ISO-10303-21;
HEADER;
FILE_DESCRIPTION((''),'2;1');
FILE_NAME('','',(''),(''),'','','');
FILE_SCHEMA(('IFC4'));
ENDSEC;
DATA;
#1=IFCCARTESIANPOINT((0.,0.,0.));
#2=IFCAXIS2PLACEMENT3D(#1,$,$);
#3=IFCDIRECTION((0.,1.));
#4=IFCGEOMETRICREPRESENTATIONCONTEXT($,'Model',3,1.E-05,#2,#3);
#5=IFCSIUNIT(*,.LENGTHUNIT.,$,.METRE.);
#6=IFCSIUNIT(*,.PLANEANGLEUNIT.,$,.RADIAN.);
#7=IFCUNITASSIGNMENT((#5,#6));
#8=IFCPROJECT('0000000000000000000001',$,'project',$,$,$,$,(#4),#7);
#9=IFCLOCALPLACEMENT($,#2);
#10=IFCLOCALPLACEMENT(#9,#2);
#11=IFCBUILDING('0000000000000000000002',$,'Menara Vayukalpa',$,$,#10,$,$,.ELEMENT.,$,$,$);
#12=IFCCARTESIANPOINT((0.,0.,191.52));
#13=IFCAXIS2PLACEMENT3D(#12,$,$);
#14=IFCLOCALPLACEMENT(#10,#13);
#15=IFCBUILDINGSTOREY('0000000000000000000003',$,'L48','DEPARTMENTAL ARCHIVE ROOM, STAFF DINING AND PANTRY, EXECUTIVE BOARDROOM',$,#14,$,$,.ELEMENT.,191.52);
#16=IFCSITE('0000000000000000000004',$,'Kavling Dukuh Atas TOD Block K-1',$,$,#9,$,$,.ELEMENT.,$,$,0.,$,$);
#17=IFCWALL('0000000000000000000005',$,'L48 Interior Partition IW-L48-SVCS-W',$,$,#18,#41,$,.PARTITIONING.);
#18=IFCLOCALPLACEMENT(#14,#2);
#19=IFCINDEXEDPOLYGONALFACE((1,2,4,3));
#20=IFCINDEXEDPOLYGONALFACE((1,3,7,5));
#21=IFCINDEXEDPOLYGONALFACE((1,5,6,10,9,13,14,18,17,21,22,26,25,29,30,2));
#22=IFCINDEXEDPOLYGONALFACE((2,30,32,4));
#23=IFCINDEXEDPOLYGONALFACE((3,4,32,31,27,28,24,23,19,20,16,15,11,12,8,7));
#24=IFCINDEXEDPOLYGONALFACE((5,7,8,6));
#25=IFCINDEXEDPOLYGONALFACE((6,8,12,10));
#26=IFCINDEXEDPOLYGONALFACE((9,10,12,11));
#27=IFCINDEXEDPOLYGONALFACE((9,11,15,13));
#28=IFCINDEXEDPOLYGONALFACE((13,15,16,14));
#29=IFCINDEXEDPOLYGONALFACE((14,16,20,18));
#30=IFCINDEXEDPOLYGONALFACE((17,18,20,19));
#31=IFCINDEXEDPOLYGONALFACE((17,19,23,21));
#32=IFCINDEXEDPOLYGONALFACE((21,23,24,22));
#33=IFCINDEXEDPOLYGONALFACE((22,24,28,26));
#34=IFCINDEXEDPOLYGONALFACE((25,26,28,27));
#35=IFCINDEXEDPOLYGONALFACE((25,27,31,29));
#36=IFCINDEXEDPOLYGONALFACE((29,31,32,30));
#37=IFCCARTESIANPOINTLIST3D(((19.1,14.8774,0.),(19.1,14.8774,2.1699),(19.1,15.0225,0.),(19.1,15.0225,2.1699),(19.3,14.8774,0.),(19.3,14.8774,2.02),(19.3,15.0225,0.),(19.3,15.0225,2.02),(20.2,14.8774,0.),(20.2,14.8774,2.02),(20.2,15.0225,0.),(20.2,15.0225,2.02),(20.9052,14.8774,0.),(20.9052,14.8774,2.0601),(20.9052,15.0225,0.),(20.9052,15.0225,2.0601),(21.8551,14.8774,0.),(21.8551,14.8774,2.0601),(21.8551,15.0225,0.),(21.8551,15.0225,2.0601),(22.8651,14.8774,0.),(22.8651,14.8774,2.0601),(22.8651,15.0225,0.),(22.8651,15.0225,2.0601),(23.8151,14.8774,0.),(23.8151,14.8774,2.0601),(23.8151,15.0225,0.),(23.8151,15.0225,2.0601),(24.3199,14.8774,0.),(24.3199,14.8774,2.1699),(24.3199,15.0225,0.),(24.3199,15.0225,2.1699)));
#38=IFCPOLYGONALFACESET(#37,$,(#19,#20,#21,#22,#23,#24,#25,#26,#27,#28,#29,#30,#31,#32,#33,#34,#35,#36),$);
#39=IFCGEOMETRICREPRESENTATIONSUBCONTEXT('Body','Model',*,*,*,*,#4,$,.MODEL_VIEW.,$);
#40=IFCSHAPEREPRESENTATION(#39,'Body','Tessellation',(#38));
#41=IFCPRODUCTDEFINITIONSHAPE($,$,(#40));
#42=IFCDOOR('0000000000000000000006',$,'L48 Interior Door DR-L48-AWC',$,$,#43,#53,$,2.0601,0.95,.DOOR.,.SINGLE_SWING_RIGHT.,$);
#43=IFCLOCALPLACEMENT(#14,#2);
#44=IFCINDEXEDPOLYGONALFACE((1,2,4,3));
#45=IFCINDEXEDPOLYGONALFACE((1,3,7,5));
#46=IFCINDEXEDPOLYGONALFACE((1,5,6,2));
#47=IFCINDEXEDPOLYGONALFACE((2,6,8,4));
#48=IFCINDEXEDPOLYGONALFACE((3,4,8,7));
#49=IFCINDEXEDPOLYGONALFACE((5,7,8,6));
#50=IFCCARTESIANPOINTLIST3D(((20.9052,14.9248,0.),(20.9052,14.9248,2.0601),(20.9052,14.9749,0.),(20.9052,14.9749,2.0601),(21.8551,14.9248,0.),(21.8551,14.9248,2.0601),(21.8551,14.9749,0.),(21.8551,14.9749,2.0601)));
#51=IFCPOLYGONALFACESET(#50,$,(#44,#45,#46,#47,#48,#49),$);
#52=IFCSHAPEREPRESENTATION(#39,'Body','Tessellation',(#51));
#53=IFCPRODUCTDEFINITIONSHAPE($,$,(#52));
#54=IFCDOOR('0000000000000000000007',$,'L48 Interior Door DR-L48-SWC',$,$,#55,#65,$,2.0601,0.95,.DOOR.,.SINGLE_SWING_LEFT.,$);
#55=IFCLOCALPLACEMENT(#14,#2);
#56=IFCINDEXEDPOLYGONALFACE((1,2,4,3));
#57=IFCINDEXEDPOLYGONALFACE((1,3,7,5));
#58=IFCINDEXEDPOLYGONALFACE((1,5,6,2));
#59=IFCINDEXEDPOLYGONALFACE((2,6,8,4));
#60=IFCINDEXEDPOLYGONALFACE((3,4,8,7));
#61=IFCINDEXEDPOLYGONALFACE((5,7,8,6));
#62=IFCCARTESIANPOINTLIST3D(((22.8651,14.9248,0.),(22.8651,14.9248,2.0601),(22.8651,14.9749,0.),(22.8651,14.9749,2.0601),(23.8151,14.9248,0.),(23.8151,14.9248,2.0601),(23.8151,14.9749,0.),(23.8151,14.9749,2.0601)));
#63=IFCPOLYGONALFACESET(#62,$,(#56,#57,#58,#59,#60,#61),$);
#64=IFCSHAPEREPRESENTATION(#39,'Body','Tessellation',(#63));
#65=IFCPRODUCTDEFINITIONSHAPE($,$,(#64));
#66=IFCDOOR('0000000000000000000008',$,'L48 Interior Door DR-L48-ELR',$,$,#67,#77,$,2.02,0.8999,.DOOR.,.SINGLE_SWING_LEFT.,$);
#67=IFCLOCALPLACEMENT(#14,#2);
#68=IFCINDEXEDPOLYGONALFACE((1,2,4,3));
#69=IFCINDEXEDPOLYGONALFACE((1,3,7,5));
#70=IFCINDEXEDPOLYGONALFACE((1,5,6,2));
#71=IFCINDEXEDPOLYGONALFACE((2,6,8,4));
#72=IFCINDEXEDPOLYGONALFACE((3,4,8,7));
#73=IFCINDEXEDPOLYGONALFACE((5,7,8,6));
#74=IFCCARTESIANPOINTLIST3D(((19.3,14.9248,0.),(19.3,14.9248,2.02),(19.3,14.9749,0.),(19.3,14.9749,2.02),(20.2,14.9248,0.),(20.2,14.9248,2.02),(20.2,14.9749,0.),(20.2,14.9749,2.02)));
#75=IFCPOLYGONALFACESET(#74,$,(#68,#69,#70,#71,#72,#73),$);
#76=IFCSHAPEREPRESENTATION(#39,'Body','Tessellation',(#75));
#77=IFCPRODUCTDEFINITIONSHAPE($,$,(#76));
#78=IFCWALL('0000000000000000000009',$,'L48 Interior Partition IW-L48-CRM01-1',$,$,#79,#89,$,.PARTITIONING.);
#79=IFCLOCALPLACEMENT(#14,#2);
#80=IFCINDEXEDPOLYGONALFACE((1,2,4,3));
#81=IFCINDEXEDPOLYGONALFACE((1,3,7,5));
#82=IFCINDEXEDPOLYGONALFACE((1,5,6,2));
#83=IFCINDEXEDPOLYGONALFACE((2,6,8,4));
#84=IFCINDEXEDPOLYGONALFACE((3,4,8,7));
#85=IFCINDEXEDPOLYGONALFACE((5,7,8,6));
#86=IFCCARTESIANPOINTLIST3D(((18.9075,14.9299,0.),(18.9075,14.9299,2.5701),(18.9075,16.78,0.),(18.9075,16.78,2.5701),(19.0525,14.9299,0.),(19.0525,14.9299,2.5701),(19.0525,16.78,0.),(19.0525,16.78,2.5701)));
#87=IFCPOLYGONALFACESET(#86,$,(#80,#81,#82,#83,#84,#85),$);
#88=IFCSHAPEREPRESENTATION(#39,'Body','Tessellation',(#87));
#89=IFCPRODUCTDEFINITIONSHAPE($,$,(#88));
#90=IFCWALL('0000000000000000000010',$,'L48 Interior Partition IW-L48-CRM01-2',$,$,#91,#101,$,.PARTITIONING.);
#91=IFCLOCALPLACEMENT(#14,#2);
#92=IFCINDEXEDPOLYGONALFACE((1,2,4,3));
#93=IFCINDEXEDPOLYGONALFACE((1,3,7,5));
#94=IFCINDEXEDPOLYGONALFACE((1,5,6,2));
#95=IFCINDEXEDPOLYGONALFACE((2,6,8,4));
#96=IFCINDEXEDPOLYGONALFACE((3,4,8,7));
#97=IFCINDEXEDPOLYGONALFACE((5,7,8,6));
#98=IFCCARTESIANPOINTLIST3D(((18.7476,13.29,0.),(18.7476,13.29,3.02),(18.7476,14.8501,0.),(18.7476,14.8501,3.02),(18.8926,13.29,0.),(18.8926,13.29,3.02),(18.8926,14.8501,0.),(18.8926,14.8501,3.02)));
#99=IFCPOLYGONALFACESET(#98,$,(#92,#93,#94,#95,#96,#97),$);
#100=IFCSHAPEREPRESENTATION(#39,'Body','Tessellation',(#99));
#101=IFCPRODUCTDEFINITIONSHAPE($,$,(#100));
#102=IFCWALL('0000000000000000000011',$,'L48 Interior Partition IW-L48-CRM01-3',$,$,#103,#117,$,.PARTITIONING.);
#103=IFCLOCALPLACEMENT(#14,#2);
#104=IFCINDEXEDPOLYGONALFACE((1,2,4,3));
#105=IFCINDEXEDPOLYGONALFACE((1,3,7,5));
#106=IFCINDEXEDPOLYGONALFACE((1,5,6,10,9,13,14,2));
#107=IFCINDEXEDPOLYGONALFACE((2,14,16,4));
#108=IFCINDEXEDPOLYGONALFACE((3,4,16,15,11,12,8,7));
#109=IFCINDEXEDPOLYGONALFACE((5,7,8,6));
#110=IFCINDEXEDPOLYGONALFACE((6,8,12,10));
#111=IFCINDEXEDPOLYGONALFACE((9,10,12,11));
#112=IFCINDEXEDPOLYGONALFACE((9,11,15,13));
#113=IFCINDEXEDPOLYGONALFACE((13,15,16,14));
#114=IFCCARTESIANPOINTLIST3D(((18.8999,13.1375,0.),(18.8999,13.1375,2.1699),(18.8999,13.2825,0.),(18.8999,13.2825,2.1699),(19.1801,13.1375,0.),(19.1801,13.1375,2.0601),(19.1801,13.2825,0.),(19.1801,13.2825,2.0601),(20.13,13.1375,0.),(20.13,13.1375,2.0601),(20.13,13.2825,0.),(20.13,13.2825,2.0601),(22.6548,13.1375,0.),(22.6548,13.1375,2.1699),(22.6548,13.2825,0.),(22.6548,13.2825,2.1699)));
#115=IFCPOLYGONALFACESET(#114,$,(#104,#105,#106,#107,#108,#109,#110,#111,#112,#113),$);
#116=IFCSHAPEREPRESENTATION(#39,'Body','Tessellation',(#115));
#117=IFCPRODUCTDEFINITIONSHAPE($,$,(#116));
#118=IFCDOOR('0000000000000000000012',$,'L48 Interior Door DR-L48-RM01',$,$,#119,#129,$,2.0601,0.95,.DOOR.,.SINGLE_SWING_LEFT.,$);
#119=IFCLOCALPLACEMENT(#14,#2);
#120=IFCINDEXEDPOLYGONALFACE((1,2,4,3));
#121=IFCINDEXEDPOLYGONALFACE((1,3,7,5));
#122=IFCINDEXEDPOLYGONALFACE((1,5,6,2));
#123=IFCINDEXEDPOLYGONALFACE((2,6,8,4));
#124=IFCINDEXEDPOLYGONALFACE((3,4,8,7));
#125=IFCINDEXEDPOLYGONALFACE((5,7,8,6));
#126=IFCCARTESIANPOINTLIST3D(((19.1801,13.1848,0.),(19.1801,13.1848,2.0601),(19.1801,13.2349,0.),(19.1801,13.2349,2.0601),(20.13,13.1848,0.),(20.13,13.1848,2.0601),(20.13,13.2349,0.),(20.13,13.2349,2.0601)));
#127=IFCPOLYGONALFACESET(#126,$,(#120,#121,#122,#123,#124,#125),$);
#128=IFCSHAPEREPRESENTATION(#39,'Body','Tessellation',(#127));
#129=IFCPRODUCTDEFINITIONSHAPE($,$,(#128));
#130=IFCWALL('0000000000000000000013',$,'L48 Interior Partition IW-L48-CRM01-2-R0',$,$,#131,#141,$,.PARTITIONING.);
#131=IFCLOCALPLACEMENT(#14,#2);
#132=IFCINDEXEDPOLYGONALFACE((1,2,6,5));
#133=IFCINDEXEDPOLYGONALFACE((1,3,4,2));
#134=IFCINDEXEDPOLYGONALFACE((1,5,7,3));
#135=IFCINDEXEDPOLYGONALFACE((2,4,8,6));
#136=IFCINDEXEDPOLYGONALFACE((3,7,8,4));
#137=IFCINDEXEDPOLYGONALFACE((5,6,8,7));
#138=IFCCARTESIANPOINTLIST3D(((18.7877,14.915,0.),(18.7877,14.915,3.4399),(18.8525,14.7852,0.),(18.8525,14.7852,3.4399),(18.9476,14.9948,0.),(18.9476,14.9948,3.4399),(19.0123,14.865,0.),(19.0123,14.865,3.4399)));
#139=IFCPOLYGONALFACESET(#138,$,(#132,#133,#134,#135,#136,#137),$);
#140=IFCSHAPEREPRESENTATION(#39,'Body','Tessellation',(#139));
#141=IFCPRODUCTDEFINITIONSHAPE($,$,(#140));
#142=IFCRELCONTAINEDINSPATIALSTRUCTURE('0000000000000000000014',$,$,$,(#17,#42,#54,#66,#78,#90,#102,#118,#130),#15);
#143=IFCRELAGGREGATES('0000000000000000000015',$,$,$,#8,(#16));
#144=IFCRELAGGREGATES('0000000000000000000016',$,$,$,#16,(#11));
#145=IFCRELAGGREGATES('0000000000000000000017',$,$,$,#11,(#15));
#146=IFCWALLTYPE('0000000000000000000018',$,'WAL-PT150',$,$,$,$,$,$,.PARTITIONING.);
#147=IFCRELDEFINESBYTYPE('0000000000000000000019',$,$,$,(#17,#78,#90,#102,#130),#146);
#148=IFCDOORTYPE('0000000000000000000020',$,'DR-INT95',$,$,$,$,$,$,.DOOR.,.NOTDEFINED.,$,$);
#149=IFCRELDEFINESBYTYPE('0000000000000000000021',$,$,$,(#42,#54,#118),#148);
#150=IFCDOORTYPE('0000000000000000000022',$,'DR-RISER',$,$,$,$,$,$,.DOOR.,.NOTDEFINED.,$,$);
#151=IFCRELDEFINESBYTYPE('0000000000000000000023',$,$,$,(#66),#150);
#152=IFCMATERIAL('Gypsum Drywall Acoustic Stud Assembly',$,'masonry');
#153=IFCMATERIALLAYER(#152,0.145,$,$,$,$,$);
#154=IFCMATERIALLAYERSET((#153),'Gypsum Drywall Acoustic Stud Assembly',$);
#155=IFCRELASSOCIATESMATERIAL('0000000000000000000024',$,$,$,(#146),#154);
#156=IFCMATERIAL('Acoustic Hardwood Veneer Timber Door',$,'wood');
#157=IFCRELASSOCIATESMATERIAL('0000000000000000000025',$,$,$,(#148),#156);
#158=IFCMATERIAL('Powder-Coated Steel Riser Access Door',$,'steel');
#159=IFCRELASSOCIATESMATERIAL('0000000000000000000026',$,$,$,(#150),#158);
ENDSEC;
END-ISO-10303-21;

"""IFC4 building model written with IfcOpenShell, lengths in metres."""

from ifc_helpers import new_model, si_unit, direction, frame, frame_2d, origin, place, context, subcontext, project, spatial, rectangle, extrude, material, layer, layer_set, type_object, element, fill, save


model = new_model("IFC4")

# Units and contexts
model_context = context("Model", 3, precision=1e-05, world=origin(), true_north=direction((0.0, 1.0)))
body_context = subcontext(model_context, "Body", "Model", "MODEL_VIEW")
ifc_project = project(units=[si_unit("LENGTHUNIT", "METRE"), si_unit("PLANEANGLEUNIT", "RADIAN")], contexts=[model_context])

# Site, building, storey
site_placement = place(None, origin())
site = spatial("IfcSite", under=ifc_project, at=site_placement, Name="Kavling Dukuh Atas TOD Block K-1", CompositionType="ELEMENT", RefElevation=0.0)
building_placement = place(site_placement, origin())
building = spatial("IfcBuilding", under=site, at=building_placement, Name="Menara Vayukalpa", CompositionType="ELEMENT")
storey_placement = place(building_placement, frame((0.0, 0.0, 191.52)))
storey = spatial("IfcBuildingStorey", under=building, at=storey_placement, Name="L48", Description="DEPARTMENTAL ARCHIVE ROOM, STAFF DINING AND PANTRY, EXECUTIVE BOARDROOM", CompositionType="ELEMENT", Elevation=191.52)

# Wall, openings, doors
ifc_material_1 = material(Name="Gypsum Drywall Acoustic Stud Assembly", Category="masonry")
ifc_layer_1 = layer(ifc_material_1, 0.145)
ifc_layer_set_1 = layer_set([ifc_layer_1], Name="Gypsum Drywall Acoustic Stud Assembly")
wall_type_1 = type_object("IfcWallType", Name="WAL-PT150", PredefinedType="PARTITIONING", material=ifc_layer_set_1)
wall_1_placement = place(storey_placement, frame((19.1001, 14.95, 0.0), z_axis=(0.0, 0.0, 1.0), x_axis=(1.0, 0.0, 0.0)))
wall_1 = element("IfcWall", 1, at=wall_1_placement, inside=storey, type_object=wall_type_1, Name="L48 Interior Partition IW-L48-SVCS-W", PredefinedType="PARTITIONING", context=body_context, shape_type="SweptSolid", body=[
    extrude(rectangle(XDim=5.22, YDim=0.145, at=frame_2d((2.6099, 0.0))), origin(), (0.0, 0.0, 1.0), 2.1699),
])
opening_1_placement = place(wall_1_placement, frame((0.2, 0.0, 0.0)))
opening_1 = element("IfcOpeningElement", 2, at=opening_1_placement, cuts=wall_1, PredefinedType="OPENING", context=body_context, shape_type="SweptSolid", body=[
    extrude(rectangle(XDim=0.8999, YDim=2.02, at=frame_2d((0.45, 1.01))), frame((0.0, 0.0825, 0.0), z_axis=(0.0, -1.0, 0.0), x_axis=(1.0, 0.0, 0.0)), (0.0, 0.0, 1.0), 0.165),
])
opening_2_placement = place(wall_1_placement, frame((1.8049, 0.0, 0.0)))
opening_2 = element("IfcOpeningElement", 3, at=opening_2_placement, cuts=wall_1, PredefinedType="OPENING", context=body_context, shape_type="SweptSolid", body=[
    extrude(rectangle(XDim=0.95, YDim=2.0601, at=frame_2d((0.4751, 1.03))), frame((0.0, 0.0825, 0.0), z_axis=(0.0, -1.0, 0.0), x_axis=(1.0, 0.0, 0.0)), (0.0, 0.0, 1.0), 0.165),
])
opening_3_placement = place(wall_1_placement, frame((3.7649, 0.0, 0.0)))
opening_3 = element("IfcOpeningElement", 4, at=opening_3_placement, cuts=wall_1, PredefinedType="OPENING", context=body_context, shape_type="SweptSolid", body=[
    extrude(rectangle(XDim=0.95, YDim=2.0601, at=frame_2d((0.4751, 1.03))), frame((0.0, 0.0825, 0.0), z_axis=(0.0, -1.0, 0.0), x_axis=(1.0, 0.0, 0.0)), (0.0, 0.0, 1.0), 0.165),
])
ifc_material_2 = material(Name="Acoustic Hardwood Veneer Timber Door", Category="wood")
door_type_1 = type_object("IfcDoorType", Name="DR-INT95", OperationType="NOTDEFINED", PredefinedType="DOOR", material=ifc_material_2)
door_1_placement = place(opening_2_placement, origin())
door_1 = element("IfcDoor", 5, at=door_1_placement, inside=storey, type_object=door_type_1, Name="L48 Interior Door DR-L48-AWC", OperationType="SINGLE_SWING_RIGHT", OverallHeight=2.0601, OverallWidth=0.95, PredefinedType="DOOR", context=body_context, shape_type="SweptSolid", body=[
    extrude(rectangle(XDim=0.95, YDim=2.0601, at=frame_2d((0.4751, 1.03))), frame((0.0, 0.0249, 0.0), z_axis=(0.0, -1.0, 0.0), x_axis=(1.0, 0.0, 0.0)), (0.0, 0.0, 1.0), 0.05),
])
fill(opening_2, door_1)
door_2_placement = place(opening_3_placement, origin())
door_2 = element("IfcDoor", 6, at=door_2_placement, inside=storey, type_object=door_type_1, Name="L48 Interior Door DR-L48-SWC", OperationType="SINGLE_SWING_LEFT", OverallHeight=2.0601, OverallWidth=0.95, PredefinedType="DOOR", context=body_context, shape_type="SweptSolid", body=[
    extrude(rectangle(XDim=0.95, YDim=2.0601, at=frame_2d((0.4751, 1.03))), frame((0.0, 0.0249, 0.0), z_axis=(0.0, -1.0, 0.0), x_axis=(1.0, 0.0, 0.0)), (0.0, 0.0, 1.0), 0.05),
])
fill(opening_3, door_2)
ifc_material_3 = material(Name="Powder-Coated Steel Riser Access Door", Category="steel")
door_type_2 = type_object("IfcDoorType", Name="DR-RISER", OperationType="NOTDEFINED", PredefinedType="DOOR", material=ifc_material_3)
door_3_placement = place(opening_1_placement, origin())
door_3 = element("IfcDoor", 7, at=door_3_placement, inside=storey, type_object=door_type_2, Name="L48 Interior Door DR-L48-ELR", OperationType="SINGLE_SWING_LEFT", OverallHeight=2.02, OverallWidth=0.8999, PredefinedType="DOOR", context=body_context, shape_type="SweptSolid", body=[
    extrude(rectangle(XDim=0.8999, YDim=2.02, at=frame_2d((0.45, 1.01))), frame((0.0, 0.0249, 0.0), z_axis=(0.0, -1.0, 0.0), x_axis=(1.0, 0.0, 0.0)), (0.0, 0.0, 1.0), 0.05),
])
fill(opening_1, door_3)

# Walls
wall_2_placement = place(storey_placement, frame((18.98, 16.78, 0.0), z_axis=(0.0, 0.0, 1.0), x_axis=(0.0, -1.0, 0.0)))
element("IfcWall", 8, at=wall_2_placement, inside=storey, type_object=wall_type_1, Name="L48 Interior Partition IW-L48-CRM01-1", PredefinedType="PARTITIONING", context=body_context, shape_type="SweptSolid", body=[
    extrude(rectangle(XDim=1.8501, YDim=0.145, at=frame_2d((0.925, 0.0))), origin(), (0.0, 0.0, 1.0), 2.5701),
])
wall_3_placement = place(storey_placement, frame((18.8201, 14.8501, 0.0), z_axis=(0.0, 0.0, 1.0), x_axis=(0.0, -1.0, 0.0)))
element("IfcWall", 9, at=wall_3_placement, inside=storey, type_object=wall_type_1, Name="L48 Interior Partition IW-L48-CRM01-2", PredefinedType="PARTITIONING", context=body_context, shape_type="SweptSolid", body=[
    extrude(rectangle(XDim=1.5601, YDim=0.145, at=frame_2d((0.78, 0.0))), origin(), (0.0, 0.0, 1.0), 3.02),
])

# Wall, opening, door
wall_4_placement = place(storey_placement, frame((18.8999, 13.21, 0.0), z_axis=(0.0, 0.0, 1.0), x_axis=(1.0, 0.0, 0.0)))
wall_4 = element("IfcWall", 10, at=wall_4_placement, inside=storey, type_object=wall_type_1, Name="L48 Interior Partition IW-L48-CRM01-3", PredefinedType="PARTITIONING", context=body_context, shape_type="SweptSolid", body=[
    extrude(rectangle(XDim=3.7549, YDim=0.145, at=frame_2d((1.8774, 0.0))), origin(), (0.0, 0.0, 1.0), 2.1699),
])
opening_4_placement = place(wall_4_placement, frame((0.28, 0.0, 0.0)))
opening_4 = element("IfcOpeningElement", 11, at=opening_4_placement, cuts=wall_4, PredefinedType="OPENING", context=body_context, shape_type="SweptSolid", body=[
    extrude(rectangle(XDim=0.95, YDim=2.0601, at=frame_2d((0.4751, 1.03))), frame((0.0, 0.0825, 0.0), z_axis=(0.0, -1.0, 0.0), x_axis=(1.0, 0.0, 0.0)), (0.0, 0.0, 1.0), 0.165),
])
door_4_placement = place(opening_4_placement, origin())
door_4 = element("IfcDoor", 12, at=door_4_placement, inside=storey, type_object=door_type_1, Name="L48 Interior Door DR-L48-RM01", OperationType="SINGLE_SWING_LEFT", OverallHeight=2.0601, OverallWidth=0.95, PredefinedType="DOOR", context=body_context, shape_type="SweptSolid", body=[
    extrude(rectangle(XDim=0.95, YDim=2.0601, at=frame_2d((0.4751, 1.03))), frame((0.0, 0.0249, 0.0), z_axis=(0.0, -1.0, 0.0), x_axis=(1.0, 0.0, 0.0)), (0.0, 0.0, 1.0), 0.05),
])
fill(opening_4, door_4)

# Wall
wall_5_placement = place(storey_placement, frame((18.8201, 14.8501, 0.0), z_axis=(0.0, 0.0, 1.0), x_axis=(0.8947, 0.446667, 0.0)))
element("IfcWall", 13, at=wall_5_placement, inside=storey, type_object=wall_type_1, Name="L48 Interior Partition IW-L48-CRM01-2-R0", PredefinedType="PARTITIONING", context=body_context, shape_type="SweptSolid", body=[
    extrude(rectangle(XDim=0.1787, YDim=0.145, at=frame_2d((0.0894, 0.0))), origin(), (0.0, 0.0, 1.0), 3.4399),
])

save(model, "model.ifc")
